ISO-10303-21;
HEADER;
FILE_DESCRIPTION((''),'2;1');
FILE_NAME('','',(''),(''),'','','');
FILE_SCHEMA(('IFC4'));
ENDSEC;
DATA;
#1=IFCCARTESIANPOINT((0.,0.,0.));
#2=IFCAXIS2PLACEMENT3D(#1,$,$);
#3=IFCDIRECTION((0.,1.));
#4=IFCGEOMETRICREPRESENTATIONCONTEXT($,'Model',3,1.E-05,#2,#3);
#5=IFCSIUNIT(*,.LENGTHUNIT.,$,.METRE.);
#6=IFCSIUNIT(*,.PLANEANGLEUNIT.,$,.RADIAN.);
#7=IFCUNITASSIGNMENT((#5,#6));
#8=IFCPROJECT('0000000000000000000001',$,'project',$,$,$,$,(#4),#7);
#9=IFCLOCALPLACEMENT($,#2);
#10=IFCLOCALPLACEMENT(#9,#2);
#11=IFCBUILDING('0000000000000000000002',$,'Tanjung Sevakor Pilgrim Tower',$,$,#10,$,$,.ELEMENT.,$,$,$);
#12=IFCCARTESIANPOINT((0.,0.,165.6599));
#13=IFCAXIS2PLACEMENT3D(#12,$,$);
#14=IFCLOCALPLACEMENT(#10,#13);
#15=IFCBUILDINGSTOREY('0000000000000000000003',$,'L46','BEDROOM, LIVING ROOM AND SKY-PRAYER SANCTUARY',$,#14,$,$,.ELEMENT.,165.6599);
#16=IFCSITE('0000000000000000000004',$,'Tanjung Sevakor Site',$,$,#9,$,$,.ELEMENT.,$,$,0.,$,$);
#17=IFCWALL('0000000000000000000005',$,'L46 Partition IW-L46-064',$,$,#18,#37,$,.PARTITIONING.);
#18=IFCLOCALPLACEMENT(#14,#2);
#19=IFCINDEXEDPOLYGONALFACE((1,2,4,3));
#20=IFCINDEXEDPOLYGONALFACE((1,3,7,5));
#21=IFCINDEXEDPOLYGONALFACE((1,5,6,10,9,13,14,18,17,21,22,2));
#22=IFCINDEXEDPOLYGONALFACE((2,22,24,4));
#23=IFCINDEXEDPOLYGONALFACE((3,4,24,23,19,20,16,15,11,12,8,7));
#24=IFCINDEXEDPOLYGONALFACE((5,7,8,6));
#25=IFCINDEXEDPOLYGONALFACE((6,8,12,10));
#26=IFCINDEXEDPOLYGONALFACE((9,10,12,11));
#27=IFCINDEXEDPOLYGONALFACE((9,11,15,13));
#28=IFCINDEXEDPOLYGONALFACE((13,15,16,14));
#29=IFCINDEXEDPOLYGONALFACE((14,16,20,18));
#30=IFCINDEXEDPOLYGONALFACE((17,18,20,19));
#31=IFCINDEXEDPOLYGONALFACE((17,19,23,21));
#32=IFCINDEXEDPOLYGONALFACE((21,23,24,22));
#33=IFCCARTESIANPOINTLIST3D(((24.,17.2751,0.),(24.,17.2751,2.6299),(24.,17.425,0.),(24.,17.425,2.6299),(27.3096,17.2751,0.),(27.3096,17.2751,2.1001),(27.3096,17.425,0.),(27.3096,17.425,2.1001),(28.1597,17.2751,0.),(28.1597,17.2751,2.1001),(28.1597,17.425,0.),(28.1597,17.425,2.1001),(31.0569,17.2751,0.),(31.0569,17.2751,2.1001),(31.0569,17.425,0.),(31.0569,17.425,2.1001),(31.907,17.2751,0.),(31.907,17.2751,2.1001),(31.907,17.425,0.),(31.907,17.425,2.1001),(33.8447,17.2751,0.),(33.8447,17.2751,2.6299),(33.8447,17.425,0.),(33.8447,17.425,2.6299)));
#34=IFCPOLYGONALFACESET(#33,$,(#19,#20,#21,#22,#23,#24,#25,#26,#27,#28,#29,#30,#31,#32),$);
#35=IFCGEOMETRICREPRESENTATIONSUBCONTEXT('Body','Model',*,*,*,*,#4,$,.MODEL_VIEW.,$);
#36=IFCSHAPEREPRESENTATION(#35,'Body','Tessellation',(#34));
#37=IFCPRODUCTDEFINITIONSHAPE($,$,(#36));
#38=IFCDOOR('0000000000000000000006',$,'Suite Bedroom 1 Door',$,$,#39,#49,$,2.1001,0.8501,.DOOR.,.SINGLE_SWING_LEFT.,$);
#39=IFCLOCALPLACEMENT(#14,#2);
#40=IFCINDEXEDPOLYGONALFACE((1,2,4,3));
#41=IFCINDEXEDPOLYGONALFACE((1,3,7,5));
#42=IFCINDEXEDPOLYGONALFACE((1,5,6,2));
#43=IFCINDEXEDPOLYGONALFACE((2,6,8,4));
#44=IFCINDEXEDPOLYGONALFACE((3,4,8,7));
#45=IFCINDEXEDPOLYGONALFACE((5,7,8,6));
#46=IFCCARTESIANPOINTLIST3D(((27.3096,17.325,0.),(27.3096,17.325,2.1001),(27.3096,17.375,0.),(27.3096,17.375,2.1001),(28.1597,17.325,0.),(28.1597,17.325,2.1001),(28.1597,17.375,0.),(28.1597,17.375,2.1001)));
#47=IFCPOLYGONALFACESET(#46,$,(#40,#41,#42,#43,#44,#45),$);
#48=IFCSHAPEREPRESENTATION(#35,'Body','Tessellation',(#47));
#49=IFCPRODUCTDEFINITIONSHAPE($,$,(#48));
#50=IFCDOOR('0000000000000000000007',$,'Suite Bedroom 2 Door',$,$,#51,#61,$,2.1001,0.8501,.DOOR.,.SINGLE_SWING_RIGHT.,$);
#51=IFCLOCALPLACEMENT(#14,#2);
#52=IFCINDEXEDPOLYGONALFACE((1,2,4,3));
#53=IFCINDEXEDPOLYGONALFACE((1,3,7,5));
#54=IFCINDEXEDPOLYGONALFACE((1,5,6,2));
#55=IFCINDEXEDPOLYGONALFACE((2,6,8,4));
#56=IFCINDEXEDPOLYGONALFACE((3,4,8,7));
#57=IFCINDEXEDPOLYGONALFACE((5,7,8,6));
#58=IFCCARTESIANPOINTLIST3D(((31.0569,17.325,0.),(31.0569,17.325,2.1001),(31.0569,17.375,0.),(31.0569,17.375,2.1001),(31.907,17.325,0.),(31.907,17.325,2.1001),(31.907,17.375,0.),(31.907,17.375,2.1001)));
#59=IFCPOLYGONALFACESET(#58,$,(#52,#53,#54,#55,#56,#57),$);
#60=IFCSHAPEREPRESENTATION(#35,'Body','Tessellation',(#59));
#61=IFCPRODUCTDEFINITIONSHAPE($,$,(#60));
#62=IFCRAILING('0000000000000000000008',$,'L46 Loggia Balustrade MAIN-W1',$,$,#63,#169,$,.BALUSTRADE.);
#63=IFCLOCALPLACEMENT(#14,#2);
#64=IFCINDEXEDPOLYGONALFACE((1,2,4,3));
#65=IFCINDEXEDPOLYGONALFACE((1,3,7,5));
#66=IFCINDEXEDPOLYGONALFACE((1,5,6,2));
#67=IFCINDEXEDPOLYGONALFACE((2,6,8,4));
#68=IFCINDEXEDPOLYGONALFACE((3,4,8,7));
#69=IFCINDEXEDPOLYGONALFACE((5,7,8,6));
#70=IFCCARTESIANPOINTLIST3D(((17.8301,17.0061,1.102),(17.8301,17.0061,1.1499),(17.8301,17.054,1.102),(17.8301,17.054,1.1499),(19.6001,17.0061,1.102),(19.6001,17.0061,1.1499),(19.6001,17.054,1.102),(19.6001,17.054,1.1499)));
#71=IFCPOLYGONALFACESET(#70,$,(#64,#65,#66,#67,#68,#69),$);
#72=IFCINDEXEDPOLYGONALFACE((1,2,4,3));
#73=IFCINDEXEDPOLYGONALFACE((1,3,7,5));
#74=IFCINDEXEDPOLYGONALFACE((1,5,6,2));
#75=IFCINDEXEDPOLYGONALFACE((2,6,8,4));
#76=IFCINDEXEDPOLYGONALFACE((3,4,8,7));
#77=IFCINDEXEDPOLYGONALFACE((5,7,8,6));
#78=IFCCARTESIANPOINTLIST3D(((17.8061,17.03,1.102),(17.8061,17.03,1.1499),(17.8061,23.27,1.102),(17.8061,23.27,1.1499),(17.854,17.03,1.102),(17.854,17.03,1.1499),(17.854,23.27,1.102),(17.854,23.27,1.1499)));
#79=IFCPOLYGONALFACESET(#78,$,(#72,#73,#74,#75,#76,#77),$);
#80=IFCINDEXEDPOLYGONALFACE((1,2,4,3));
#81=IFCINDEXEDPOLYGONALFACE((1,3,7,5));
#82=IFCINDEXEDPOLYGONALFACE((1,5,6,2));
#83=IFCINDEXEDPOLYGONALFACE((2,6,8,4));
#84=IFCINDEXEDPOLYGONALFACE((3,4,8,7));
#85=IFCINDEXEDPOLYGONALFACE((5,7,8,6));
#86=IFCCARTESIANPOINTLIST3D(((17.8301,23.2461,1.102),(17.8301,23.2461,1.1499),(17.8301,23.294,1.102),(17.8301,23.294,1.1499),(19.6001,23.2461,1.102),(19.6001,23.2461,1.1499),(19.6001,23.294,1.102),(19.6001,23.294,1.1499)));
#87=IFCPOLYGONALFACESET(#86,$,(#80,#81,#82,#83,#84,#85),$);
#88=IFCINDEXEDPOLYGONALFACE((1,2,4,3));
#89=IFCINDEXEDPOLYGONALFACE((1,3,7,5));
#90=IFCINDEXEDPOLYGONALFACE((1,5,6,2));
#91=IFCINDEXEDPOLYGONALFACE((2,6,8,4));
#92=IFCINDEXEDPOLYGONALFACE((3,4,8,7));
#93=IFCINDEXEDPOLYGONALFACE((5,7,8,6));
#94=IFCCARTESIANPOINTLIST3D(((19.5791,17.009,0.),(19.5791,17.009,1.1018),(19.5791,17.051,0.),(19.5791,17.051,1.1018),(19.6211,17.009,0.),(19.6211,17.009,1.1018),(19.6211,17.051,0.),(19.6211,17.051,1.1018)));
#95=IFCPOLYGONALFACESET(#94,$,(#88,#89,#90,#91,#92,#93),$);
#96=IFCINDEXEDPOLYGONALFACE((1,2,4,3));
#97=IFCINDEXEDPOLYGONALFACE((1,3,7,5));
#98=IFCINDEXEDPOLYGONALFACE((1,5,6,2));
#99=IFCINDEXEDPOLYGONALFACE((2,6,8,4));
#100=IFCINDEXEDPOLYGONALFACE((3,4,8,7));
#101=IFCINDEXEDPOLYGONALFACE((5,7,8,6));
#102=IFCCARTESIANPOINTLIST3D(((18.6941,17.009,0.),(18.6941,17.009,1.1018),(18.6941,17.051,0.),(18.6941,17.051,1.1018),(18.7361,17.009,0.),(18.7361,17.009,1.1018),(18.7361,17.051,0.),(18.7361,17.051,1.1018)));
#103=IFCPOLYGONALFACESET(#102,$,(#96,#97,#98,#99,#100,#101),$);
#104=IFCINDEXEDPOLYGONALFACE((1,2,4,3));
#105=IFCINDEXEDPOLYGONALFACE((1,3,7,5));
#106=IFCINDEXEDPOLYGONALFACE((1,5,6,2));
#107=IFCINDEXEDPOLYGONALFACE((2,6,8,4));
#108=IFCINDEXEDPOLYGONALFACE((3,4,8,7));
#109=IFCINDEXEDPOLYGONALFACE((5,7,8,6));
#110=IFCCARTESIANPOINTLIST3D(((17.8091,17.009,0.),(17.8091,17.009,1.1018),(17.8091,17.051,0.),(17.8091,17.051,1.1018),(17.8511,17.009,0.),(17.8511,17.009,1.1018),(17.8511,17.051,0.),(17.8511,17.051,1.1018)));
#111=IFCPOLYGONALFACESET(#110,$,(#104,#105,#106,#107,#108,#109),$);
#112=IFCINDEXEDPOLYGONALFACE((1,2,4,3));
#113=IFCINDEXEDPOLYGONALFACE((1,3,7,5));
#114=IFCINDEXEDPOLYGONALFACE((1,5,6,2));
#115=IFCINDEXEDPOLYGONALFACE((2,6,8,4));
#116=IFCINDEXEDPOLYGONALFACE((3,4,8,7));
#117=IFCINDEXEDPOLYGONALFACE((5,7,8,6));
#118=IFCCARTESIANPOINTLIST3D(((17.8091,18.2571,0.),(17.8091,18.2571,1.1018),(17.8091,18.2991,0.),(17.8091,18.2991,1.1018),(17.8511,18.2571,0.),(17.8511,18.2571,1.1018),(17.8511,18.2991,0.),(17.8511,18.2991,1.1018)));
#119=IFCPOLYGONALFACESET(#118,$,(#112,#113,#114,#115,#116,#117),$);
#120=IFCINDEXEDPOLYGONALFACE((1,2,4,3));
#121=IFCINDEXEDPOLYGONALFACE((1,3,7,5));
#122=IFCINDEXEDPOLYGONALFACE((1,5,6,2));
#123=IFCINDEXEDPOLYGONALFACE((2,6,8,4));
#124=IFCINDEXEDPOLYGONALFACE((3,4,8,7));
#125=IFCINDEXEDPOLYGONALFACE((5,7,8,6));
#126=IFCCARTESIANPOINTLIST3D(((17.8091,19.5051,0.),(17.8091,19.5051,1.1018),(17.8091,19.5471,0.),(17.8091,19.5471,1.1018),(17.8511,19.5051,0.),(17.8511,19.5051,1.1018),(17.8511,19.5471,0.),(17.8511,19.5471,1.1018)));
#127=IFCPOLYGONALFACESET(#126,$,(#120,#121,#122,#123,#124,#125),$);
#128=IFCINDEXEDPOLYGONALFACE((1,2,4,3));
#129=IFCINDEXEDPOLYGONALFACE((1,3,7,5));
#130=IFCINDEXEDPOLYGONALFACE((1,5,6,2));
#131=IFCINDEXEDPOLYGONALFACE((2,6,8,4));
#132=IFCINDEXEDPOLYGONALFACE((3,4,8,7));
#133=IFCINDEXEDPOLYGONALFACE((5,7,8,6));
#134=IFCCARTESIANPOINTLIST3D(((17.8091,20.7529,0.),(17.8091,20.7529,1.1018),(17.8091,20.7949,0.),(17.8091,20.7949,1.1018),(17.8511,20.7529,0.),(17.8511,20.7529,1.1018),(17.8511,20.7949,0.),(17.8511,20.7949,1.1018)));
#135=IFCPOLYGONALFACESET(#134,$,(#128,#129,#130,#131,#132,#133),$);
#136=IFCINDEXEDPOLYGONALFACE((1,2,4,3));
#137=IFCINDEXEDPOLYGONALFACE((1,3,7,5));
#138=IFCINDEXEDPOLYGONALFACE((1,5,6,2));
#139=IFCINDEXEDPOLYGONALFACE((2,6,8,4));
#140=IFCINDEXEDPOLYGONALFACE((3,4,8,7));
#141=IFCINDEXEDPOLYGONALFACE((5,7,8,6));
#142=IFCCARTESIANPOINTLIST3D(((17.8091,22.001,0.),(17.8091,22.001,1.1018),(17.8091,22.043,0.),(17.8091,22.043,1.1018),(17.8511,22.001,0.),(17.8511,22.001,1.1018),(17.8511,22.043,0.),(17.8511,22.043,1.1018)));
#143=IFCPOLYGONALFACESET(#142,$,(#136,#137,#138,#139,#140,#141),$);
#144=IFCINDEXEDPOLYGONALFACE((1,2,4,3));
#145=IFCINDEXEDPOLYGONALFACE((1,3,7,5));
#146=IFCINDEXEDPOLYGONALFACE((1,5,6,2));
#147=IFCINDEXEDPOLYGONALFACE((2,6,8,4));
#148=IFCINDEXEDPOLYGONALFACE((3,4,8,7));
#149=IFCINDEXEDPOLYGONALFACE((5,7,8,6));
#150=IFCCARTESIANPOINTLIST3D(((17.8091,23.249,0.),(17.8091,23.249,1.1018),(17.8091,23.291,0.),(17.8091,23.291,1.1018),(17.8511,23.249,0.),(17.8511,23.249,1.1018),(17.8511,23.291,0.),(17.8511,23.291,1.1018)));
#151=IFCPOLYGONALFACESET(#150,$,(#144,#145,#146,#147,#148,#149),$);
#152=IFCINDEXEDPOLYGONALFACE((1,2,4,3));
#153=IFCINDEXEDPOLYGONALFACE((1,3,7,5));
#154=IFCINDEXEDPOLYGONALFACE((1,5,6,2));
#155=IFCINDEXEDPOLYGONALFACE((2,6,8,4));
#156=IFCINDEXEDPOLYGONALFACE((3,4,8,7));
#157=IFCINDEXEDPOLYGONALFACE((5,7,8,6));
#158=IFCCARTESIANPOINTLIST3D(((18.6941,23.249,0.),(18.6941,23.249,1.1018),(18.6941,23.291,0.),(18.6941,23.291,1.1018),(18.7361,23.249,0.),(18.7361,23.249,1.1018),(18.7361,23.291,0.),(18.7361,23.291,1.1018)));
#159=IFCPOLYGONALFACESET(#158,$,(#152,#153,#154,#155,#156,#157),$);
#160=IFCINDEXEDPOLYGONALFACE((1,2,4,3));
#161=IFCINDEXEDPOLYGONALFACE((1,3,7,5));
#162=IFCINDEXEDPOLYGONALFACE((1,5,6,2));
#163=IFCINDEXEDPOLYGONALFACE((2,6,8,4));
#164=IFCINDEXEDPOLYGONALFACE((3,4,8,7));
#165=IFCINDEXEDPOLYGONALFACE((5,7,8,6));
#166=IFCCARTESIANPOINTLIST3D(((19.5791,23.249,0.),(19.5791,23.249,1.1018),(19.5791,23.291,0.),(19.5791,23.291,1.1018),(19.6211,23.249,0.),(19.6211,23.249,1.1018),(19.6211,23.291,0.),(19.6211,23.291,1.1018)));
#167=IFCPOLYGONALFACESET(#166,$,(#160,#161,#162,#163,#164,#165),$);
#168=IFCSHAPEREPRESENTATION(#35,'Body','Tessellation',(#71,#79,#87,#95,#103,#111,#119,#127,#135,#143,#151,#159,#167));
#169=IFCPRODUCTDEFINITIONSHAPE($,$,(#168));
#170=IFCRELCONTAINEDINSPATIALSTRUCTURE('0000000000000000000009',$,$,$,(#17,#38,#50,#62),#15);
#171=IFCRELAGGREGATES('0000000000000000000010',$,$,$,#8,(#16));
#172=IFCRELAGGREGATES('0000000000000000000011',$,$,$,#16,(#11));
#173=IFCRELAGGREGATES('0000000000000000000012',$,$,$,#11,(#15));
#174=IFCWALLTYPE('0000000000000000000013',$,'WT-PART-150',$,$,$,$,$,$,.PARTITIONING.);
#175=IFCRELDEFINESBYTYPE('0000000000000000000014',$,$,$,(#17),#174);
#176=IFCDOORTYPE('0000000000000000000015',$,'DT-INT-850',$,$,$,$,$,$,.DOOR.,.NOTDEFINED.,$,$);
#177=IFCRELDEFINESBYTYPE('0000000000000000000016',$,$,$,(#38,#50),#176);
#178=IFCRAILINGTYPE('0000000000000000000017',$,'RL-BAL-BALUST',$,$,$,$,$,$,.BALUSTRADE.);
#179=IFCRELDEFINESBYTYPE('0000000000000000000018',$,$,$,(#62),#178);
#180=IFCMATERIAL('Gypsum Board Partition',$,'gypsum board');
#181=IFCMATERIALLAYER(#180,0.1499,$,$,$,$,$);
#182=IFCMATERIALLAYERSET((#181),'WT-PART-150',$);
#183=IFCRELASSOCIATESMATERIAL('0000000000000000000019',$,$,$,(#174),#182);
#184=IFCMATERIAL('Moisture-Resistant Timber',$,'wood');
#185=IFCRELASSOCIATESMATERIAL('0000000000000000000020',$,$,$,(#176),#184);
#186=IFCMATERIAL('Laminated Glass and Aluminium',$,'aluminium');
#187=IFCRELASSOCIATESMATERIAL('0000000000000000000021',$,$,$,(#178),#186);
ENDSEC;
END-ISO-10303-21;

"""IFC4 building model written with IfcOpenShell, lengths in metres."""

from ifc_helpers import new_model, si_unit, direction, frame, frame_2d, origin, place, context, subcontext, project, spatial, rectangle, extrude, material, layer, layer_set, type_object, element, fill, save


model = new_model("IFC4")

# Units and contexts
model_context = context("Model", 3, precision=1e-05, world=origin(), true_north=direction((0.0, 1.0)))
body_context = subcontext(model_context, "Body", "Model", "MODEL_VIEW")
ifc_project = project(units=[si_unit("LENGTHUNIT", "METRE"), si_unit("PLANEANGLEUNIT", "RADIAN")], contexts=[model_context])

# Site, building, storey
site_placement = place(None, origin())
site = spatial("IfcSite", under=ifc_project, at=site_placement, Name="Tanjung Sevakor Site", CompositionType="ELEMENT", RefElevation=0.0)
building_placement = place(site_placement, origin())
building = spatial("IfcBuilding", under=site, at=building_placement, Name="Tanjung Sevakor Pilgrim Tower", CompositionType="ELEMENT")
storey_placement = place(building_placement, frame((0.0, 0.0, 165.6599)))
storey = spatial("IfcBuildingStorey", under=building, at=storey_placement, Name="L46", Description="BEDROOM, LIVING ROOM AND SKY-PRAYER SANCTUARY", CompositionType="ELEMENT", Elevation=165.6599)

# Wall, openings, doors
ifc_material_1 = material(Name="Gypsum Board Partition", Category="gypsum board")
ifc_layer_1 = layer(ifc_material_1, 0.1499)
ifc_layer_set_1 = layer_set([ifc_layer_1], Name="WT-PART-150")
wall_type_1 = type_object("IfcWallType", Name="WT-PART-150", PredefinedType="PARTITIONING", material=ifc_layer_set_1)
ifc_material_2 = material(Name="Moisture-Resistant Timber", Category="wood")
door_type_1 = type_object("IfcDoorType", Name="DT-INT-850", OperationType="NOTDEFINED", PredefinedType="DOOR", material=ifc_material_2)
wall_1_placement = place(storey_placement, frame((24.0, 17.3501, 0.0), z_axis=(0.0, 0.0, 1.0), x_axis=(1.0, 0.0, 0.0)))
wall_1 = element("IfcWall", 1, at=wall_1_placement, inside=storey, type_object=wall_type_1, Name="L46 Partition IW-L46-064", PredefinedType="PARTITIONING", context=body_context, shape_type="SweptSolid", body=[
    extrude(rectangle(XDim=9.8447, YDim=0.1499, at=frame_2d((4.9224, 0.0))), origin(), (0.0, 0.0, 1.0), 2.6299),
])
opening_1_placement = place(wall_1_placement, frame((3.3096, 0.0, 0.0)))
opening_1 = element("IfcOpeningElement", 2, at=opening_1_placement, cuts=wall_1, PredefinedType="OPENING", context=body_context, shape_type="SweptSolid", body=[
    extrude(rectangle(XDim=0.8501, YDim=2.1001, at=frame_2d((0.425, 1.05))), frame((0.0, 0.085, 0.0), z_axis=(0.0, -1.0, 0.0), x_axis=(1.0, 0.0, 0.0)), (0.0, 0.0, 1.0), 0.1699),
])
opening_2_placement = place(wall_1_placement, frame((7.0569, 0.0, 0.0)))
opening_2 = element("IfcOpeningElement", 3, at=opening_2_placement, cuts=wall_1, PredefinedType="OPENING", context=body_context, shape_type="SweptSolid", body=[
    extrude(rectangle(XDim=0.8501, YDim=2.1001, at=frame_2d((0.425, 1.05))), frame((0.0, 0.085, 0.0), z_axis=(0.0, -1.0, 0.0), x_axis=(1.0, 0.0, 0.0)), (0.0, 0.0, 1.0), 0.1699),
])
door_1_placement = place(opening_1_placement, origin())
door_1 = element("IfcDoor", 4, at=door_1_placement, inside=storey, type_object=door_type_1, Name="Suite Bedroom 1 Door", OperationType="SINGLE_SWING_LEFT", OverallHeight=2.1001, OverallWidth=0.8501, PredefinedType="DOOR", context=body_context, shape_type="SweptSolid", body=[
    extrude(rectangle(XDim=0.8501, YDim=2.1001, at=frame_2d((0.425, 1.05))), frame((0.0, 0.0249, 0.0), z_axis=(0.0, -1.0, 0.0), x_axis=(1.0, 0.0, 0.0)), (0.0, 0.0, 1.0), 0.05),
])
fill(opening_1, door_1)
door_2_placement = place(opening_2_placement, origin())
door_2 = element("IfcDoor", 5, at=door_2_placement, inside=storey, type_object=door_type_1, Name="Suite Bedroom 2 Door", OperationType="SINGLE_SWING_RIGHT", OverallHeight=2.1001, OverallWidth=0.8501, PredefinedType="DOOR", context=body_context, shape_type="SweptSolid", body=[
    extrude(rectangle(XDim=0.8501, YDim=2.1001, at=frame_2d((0.425, 1.05))), frame((0.0, 0.0249, 0.0), z_axis=(0.0, -1.0, 0.0), x_axis=(1.0, 0.0, 0.0)), (0.0, 0.0, 1.0), 0.05),
])
fill(opening_2, door_2)

# Railing
ifc_material_3 = material(Name="Laminated Glass and Aluminium", Category="aluminium")
railing_type = type_object("IfcRailingType", Name="RL-BAL-BALUST", PredefinedType="BALUSTRADE", material=ifc_material_3)
railing_placement = place(storey_placement, frame((19.6001, 17.03, 0.0)))
element("IfcRailing", 6, at=railing_placement, inside=storey, type_object=railing_type, Name="L46 Loggia Balustrade MAIN-W1", PredefinedType="BALUSTRADE", context=body_context, shape_type="SweptSolid", body=[
    extrude(rectangle(XDim=0.0479, YDim=0.0479), frame((0.0, 0.0, 1.126), z_axis=(-1.0, 0.0, 0.0), x_axis=(0.0, -1.0, 0.0)), (0.0, 0.0, 1.0), 1.77),
    extrude(rectangle(XDim=0.0479, YDim=0.0479), frame((-1.77, 0.0, 1.126), z_axis=(0.0, 1.0, 0.0), x_axis=(-1.0, 0.0, 0.0)), (0.0, 0.0, 1.0), 6.24),
    extrude(rectangle(XDim=0.0479, YDim=0.0479), frame((-1.77, 6.24, 1.126), z_axis=(1.0, 0.0, 0.0), x_axis=(0.0, 1.0, 0.0)), (0.0, 0.0, 1.0), 1.77),
    extrude(rectangle(XDim=0.042, YDim=0.042), origin(), (0.0, 0.0, 1.0), 1.1018),
    extrude(rectangle(XDim=0.042, YDim=0.042), frame((-0.885, 0.0, 0.0)), (0.0, 0.0, 1.0), 1.1018),
    extrude(rectangle(XDim=0.042, YDim=0.042), frame((-1.77, 0.0, 0.0)), (0.0, 0.0, 1.0), 1.1018),
    extrude(rectangle(XDim=0.042, YDim=0.042), frame((-1.77, 1.248, 0.0)), (0.0, 0.0, 1.0), 1.1018),
    extrude(rectangle(XDim=0.042, YDim=0.042), frame((-1.77, 2.4961, 0.0)), (0.0, 0.0, 1.0), 1.1018),
    extrude(rectangle(XDim=0.042, YDim=0.042), frame((-1.77, 3.7439, 0.0)), (0.0, 0.0, 1.0), 1.1018),
    extrude(rectangle(XDim=0.042, YDim=0.042), frame((-1.77, 4.9919, 0.0)), (0.0, 0.0, 1.0), 1.1018),
    extrude(rectangle(XDim=0.042, YDim=0.042), frame((-1.77, 6.24, 0.0)), (0.0, 0.0, 1.0), 1.1018),
    extrude(rectangle(XDim=0.042, YDim=0.042), frame((-0.885, 6.24, 0.0)), (0.0, 0.0, 1.0), 1.1018),
    extrude(rectangle(XDim=0.042, YDim=0.042), frame((0.0, 6.24, 0.0)), (0.0, 0.0, 1.0), 1.1018),
])

save(model, "model.ifc")
